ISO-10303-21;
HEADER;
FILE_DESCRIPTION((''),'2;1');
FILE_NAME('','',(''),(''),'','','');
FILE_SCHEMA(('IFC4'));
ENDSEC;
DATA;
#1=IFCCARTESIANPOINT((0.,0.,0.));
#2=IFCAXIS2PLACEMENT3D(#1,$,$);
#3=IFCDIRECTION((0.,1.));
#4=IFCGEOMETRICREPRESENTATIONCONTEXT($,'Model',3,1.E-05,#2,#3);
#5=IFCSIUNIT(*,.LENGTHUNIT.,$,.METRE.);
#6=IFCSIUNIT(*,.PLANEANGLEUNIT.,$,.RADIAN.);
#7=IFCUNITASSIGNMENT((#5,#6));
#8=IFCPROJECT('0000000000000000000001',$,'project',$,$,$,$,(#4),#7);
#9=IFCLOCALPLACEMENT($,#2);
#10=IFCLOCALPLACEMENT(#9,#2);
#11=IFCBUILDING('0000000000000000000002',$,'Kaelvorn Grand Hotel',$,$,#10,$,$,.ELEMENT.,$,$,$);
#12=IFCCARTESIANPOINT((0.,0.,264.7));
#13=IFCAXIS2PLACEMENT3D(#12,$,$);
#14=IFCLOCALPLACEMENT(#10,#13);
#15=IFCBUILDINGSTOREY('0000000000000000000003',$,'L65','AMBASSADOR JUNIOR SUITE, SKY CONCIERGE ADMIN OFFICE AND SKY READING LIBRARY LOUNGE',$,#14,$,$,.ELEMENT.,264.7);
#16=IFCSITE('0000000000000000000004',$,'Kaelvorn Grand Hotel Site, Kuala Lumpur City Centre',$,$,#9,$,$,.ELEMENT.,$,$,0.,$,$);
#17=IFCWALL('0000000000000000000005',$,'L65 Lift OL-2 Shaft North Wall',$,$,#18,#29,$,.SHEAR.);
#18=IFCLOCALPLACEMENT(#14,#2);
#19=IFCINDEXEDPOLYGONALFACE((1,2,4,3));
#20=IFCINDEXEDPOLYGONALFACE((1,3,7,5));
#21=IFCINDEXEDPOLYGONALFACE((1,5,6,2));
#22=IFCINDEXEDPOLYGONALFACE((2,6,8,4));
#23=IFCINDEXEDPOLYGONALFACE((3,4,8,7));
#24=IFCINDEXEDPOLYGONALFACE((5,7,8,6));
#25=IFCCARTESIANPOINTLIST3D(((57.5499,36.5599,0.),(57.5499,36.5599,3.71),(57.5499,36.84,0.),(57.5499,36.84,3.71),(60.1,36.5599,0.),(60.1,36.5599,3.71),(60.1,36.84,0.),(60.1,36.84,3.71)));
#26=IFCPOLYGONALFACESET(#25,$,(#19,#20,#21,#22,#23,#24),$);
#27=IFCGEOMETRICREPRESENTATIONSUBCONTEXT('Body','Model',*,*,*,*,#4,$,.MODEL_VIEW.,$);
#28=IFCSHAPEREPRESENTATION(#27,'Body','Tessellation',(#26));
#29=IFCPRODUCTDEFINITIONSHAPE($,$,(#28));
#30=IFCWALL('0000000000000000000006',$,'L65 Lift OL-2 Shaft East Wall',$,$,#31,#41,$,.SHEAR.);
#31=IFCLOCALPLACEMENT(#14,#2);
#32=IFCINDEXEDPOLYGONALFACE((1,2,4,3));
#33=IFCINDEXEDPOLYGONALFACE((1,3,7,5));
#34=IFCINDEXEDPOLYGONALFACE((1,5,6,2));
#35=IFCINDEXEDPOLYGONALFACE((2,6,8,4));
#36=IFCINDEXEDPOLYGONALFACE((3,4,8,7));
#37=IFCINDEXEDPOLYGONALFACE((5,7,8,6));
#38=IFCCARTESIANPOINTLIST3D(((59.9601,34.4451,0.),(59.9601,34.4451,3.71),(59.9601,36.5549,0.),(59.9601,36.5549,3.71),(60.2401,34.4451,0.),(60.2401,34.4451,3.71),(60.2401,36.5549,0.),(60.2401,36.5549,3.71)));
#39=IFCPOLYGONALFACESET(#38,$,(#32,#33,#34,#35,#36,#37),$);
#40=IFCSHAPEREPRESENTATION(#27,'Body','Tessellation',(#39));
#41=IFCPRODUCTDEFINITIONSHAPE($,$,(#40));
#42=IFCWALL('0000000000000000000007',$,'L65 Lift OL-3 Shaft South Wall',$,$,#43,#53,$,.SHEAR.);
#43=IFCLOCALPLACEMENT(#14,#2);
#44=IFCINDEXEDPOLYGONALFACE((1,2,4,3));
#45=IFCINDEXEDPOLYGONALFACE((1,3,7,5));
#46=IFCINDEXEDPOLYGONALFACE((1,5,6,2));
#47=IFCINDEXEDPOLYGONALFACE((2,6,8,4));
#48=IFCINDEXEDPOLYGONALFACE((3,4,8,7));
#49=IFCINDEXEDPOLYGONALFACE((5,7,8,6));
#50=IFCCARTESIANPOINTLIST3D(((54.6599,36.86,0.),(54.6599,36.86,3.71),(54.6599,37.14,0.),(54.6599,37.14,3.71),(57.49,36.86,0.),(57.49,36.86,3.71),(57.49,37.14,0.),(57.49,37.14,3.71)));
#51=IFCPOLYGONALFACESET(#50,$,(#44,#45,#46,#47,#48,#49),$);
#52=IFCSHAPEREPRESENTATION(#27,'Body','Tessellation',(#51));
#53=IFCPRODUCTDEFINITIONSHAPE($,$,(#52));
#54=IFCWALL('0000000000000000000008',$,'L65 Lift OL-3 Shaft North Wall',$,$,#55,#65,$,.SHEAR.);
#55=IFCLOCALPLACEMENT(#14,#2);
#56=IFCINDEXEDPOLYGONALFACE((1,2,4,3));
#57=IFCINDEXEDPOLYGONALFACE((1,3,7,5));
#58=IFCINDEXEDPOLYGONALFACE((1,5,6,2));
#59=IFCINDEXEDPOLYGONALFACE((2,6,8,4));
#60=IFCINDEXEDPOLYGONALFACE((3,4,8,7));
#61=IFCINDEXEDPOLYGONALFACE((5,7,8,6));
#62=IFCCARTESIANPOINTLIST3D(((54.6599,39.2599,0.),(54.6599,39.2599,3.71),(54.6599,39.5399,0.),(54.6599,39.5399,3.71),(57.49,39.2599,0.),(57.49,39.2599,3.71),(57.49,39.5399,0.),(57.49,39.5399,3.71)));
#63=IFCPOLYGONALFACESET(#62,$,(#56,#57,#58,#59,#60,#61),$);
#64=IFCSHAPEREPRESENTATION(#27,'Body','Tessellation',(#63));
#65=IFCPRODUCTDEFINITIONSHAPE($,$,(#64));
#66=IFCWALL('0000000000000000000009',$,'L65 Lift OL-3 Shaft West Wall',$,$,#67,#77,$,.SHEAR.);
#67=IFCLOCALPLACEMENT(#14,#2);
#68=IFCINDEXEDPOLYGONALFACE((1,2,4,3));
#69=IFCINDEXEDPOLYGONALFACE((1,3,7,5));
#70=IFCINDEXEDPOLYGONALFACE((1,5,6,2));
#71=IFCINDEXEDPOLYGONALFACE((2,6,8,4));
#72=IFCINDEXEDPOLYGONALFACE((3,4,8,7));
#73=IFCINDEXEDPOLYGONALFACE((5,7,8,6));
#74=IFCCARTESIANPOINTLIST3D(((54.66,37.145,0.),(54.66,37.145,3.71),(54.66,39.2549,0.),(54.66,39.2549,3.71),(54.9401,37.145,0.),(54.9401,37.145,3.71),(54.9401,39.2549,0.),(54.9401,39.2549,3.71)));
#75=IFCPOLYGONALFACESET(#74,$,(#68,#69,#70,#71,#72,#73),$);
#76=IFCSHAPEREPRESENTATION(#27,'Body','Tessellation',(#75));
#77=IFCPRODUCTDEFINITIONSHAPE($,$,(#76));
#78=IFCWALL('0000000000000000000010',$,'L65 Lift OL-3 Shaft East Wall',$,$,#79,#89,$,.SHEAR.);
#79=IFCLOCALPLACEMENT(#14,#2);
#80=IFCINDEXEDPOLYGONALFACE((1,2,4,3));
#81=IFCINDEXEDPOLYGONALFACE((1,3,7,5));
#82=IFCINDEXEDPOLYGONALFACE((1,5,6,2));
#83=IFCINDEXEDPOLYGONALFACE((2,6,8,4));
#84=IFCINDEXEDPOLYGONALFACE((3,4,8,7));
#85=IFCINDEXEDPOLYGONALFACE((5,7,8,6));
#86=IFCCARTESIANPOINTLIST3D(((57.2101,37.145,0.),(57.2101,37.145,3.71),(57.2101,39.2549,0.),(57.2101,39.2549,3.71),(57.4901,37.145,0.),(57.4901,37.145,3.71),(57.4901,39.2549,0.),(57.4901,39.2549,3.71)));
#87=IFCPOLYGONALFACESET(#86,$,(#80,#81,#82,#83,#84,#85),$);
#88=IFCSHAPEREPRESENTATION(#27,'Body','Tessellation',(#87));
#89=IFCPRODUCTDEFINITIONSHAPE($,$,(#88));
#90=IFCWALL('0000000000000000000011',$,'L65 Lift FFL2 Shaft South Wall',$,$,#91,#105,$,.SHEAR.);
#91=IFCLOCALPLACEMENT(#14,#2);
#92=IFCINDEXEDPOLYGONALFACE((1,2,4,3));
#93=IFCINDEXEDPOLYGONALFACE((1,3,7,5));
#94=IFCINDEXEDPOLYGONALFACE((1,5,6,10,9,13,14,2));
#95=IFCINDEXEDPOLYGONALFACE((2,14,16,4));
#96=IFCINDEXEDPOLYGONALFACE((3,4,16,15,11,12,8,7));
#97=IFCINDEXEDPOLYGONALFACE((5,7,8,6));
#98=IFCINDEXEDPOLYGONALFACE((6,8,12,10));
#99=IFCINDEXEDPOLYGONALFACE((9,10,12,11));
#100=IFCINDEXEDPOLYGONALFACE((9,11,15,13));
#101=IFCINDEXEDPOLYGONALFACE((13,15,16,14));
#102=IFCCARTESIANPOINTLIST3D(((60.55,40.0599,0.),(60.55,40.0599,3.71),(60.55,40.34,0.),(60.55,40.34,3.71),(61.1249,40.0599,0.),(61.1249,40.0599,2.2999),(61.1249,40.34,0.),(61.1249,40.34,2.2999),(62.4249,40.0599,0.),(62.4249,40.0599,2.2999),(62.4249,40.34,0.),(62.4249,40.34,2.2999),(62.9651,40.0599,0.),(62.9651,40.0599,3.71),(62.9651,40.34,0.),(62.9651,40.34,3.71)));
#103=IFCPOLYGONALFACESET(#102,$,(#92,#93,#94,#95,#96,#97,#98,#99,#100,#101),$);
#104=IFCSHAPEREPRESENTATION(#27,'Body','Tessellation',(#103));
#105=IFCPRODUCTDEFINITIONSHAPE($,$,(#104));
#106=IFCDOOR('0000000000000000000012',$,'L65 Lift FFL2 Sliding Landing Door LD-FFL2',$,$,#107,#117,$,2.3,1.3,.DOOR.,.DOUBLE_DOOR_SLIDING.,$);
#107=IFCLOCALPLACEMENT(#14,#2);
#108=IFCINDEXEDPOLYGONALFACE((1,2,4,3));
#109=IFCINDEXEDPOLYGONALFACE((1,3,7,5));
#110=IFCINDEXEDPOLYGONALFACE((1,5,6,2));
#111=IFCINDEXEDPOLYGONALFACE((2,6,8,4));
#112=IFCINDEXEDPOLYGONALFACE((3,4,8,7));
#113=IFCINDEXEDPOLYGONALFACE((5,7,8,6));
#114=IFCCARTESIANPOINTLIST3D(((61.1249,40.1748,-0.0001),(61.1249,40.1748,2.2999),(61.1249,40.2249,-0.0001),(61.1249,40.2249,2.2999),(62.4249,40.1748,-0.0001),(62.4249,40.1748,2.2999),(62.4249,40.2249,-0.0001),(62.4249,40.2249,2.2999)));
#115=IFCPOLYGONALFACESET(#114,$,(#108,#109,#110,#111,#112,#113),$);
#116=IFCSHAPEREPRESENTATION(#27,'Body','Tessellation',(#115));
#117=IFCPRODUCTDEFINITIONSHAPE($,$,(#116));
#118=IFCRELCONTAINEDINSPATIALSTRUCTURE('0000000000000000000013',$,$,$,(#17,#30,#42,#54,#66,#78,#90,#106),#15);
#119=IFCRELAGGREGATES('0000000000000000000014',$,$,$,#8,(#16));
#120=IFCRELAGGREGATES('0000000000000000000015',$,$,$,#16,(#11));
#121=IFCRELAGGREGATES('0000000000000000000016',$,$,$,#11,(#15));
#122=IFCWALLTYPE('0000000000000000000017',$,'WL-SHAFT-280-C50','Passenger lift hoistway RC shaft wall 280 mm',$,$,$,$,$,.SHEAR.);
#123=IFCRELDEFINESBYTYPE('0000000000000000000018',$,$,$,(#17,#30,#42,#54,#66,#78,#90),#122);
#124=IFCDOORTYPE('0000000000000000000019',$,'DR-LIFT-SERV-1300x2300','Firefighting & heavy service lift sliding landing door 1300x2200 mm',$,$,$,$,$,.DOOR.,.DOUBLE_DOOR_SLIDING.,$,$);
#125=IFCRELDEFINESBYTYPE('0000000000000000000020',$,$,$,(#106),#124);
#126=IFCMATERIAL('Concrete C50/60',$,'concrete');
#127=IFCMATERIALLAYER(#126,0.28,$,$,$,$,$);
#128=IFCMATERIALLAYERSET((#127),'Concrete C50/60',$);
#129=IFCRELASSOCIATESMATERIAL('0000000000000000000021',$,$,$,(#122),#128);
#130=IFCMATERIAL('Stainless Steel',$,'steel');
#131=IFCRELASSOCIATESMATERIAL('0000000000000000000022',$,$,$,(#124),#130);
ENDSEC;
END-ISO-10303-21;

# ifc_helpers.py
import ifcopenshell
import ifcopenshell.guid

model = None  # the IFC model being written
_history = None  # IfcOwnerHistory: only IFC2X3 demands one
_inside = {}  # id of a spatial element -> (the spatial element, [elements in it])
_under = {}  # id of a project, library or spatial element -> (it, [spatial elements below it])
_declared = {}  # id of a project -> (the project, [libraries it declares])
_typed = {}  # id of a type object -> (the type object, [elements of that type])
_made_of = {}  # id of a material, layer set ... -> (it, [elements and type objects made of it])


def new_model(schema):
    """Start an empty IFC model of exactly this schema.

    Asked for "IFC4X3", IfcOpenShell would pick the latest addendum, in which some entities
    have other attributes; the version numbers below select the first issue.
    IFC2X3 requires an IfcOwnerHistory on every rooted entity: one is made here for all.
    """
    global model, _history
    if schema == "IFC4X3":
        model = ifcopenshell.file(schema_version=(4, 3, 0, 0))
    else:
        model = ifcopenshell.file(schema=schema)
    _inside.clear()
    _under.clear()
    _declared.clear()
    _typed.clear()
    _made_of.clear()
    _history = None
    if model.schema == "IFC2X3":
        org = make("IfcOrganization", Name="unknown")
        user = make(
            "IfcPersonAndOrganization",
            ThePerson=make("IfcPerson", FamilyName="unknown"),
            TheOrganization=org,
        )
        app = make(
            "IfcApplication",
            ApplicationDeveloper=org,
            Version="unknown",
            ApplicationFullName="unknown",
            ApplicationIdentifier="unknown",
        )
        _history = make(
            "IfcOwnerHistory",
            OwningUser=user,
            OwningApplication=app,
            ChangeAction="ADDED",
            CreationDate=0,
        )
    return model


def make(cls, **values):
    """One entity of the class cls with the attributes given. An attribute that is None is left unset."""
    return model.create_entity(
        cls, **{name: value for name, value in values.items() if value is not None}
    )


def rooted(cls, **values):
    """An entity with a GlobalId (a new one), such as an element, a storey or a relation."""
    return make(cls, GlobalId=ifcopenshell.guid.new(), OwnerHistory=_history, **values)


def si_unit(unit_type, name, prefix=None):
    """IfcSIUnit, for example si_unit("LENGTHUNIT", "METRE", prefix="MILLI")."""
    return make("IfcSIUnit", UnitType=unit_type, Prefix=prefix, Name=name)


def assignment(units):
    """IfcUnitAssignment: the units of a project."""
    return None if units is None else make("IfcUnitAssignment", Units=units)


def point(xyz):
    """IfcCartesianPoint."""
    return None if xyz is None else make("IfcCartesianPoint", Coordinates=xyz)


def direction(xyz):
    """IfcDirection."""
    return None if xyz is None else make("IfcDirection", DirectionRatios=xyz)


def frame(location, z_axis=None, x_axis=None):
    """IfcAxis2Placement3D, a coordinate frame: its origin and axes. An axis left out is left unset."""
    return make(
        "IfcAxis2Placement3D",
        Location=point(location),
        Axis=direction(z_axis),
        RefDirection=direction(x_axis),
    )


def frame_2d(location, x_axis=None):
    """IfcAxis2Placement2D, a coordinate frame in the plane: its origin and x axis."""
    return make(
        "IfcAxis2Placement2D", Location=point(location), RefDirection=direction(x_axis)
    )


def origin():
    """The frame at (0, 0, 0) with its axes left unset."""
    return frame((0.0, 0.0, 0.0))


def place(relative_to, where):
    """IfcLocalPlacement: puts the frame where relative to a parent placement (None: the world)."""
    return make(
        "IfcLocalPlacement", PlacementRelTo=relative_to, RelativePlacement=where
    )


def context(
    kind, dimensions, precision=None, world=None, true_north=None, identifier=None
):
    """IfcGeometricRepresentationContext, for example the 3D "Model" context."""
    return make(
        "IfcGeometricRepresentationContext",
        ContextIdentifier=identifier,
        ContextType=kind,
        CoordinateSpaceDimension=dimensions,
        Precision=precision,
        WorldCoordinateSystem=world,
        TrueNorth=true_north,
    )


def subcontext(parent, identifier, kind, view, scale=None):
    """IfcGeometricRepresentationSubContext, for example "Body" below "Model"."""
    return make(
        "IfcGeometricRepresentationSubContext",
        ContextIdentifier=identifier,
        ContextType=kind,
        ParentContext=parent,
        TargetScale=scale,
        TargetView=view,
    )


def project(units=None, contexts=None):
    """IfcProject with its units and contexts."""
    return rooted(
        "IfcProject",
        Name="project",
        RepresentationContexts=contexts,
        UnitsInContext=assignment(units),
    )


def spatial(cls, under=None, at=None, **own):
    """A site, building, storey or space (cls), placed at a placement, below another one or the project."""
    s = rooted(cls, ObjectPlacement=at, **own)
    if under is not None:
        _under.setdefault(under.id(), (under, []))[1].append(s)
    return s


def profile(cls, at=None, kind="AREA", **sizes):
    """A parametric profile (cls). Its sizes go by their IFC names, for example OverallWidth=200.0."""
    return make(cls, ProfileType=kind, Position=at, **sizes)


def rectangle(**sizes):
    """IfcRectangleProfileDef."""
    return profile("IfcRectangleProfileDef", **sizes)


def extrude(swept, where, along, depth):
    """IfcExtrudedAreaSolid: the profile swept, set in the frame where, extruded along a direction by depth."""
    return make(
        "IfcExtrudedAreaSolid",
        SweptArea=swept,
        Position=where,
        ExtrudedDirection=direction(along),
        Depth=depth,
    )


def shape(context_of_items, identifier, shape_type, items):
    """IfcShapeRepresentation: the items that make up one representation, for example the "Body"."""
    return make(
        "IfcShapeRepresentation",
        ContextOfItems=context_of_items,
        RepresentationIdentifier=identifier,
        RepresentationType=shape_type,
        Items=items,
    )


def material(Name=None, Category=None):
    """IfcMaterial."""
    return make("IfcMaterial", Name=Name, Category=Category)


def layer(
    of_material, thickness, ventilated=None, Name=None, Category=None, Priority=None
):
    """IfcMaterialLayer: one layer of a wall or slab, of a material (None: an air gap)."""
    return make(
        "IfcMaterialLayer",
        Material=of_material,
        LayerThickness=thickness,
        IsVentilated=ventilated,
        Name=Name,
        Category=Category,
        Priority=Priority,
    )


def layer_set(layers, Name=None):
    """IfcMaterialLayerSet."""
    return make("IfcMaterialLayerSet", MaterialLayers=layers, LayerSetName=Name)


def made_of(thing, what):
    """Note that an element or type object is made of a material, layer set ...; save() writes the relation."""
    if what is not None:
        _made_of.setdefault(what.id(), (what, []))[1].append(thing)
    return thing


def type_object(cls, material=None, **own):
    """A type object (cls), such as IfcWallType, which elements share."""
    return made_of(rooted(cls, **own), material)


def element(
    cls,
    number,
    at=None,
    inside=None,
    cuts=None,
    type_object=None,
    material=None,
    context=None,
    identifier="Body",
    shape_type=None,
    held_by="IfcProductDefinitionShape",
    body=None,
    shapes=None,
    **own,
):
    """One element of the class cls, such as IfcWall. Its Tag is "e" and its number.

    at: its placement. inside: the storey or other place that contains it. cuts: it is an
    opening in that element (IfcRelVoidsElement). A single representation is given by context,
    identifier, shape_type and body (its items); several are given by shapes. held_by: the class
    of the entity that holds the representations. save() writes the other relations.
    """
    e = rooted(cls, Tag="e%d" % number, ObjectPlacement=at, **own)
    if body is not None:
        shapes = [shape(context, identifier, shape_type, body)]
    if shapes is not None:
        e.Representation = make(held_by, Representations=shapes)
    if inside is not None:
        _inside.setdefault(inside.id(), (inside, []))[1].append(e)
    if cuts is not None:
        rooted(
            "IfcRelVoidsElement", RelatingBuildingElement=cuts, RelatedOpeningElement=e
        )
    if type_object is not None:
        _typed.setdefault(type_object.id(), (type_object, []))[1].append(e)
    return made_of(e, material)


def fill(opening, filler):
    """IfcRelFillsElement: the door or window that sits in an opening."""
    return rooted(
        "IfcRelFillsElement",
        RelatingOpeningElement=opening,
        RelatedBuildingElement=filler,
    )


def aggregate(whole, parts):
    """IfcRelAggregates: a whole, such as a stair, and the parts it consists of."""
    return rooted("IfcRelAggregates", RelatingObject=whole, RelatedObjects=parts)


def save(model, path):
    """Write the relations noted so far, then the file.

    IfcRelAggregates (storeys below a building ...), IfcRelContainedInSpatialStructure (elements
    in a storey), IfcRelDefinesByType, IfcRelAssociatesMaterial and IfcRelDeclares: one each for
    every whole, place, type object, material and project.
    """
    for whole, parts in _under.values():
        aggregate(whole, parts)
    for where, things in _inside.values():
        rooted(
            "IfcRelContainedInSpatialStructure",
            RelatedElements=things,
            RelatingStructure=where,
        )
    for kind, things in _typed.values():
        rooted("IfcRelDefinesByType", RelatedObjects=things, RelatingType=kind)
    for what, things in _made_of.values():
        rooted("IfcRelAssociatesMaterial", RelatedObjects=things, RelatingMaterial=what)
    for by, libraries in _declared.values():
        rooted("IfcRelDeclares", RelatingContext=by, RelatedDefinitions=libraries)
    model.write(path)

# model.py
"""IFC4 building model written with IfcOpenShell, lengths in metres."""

from ifc_helpers import new_model, si_unit, direction, frame, frame_2d, origin, place, context, subcontext, project, spatial, rectangle, extrude, material, layer, layer_set, type_object, element, fill, save


model = new_model("IFC4")

# Units and contexts
model_context = context("Model", 3, precision=1e-05, world=origin(), true_north=direction((0.0, 1.0)))
body_context = subcontext(model_context, "Body", "Model", "MODEL_VIEW")
ifc_project = project(units=[si_unit("LENGTHUNIT", "METRE"), si_unit("PLANEANGLEUNIT", "RADIAN")], contexts=[model_context])

# Site, building, storey
site_placement = place(None, origin())
site = spatial("IfcSite", under=ifc_project, at=site_placement, Name="Kaelvorn Grand Hotel Site, Kuala Lumpur City Centre", CompositionType="ELEMENT", RefElevation=0.0)
building_placement = place(site_placement, origin())
building = spatial("IfcBuilding", under=site, at=building_placement, Name="Kaelvorn Grand Hotel", CompositionType="ELEMENT")
storey_placement = place(building_placement, frame((0.0, 0.0, 264.7)))
storey = spatial("IfcBuildingStorey", under=building, at=storey_placement, Name="L65", Description="AMBASSADOR JUNIOR SUITE, SKY CONCIERGE ADMIN OFFICE AND SKY READING LIBRARY LOUNGE", CompositionType="ELEMENT", Elevation=264.7)

# Shared definitions
ifc_material_1 = material(Name="Concrete C50/60", Category="concrete")

# Walls
ifc_layer_1 = layer(ifc_material_1, 0.28)
ifc_layer_set_1 = layer_set([ifc_layer_1], Name="Concrete C50/60")
wall_type_1 = type_object("IfcWallType", Name="WL-SHAFT-280-C50", Description="Passenger lift hoistway RC shaft wall 280 mm", PredefinedType="SHEAR", material=ifc_layer_set_1)
for number, where, z_axis, x_axis, name in (
    (1, (57.55, 36.7, 0.0), (0.0, 0.0, 1.0), (1.0, 0.0, 0.0), "L65 Lift OL-2 Shaft North Wall"),
):
    element("IfcWall", number, at=place(storey_placement, frame(where, z_axis=z_axis, x_axis=x_axis)), inside=storey, type_object=wall_type_1, Name=name, PredefinedType="SHEAR", context=body_context, shape_type="SweptSolid", body=[
        extrude(rectangle(XDim=2.55, YDim=0.28, at=frame_2d((1.2749, 0.0))), origin(), (0.0, 0.0, 1.0), 3.71),
    ])
wall_1_placement = place(storey_placement, frame((60.1001, 34.4451, 0.0), z_axis=(0.0, 0.0, 1.0), x_axis=(0.0, 1.0, 0.0)))
element("IfcWall", 2, at=wall_1_placement, inside=storey, type_object=wall_type_1, Name="L65 Lift OL-2 Shaft East Wall", PredefinedType="SHEAR", context=body_context, shape_type="SweptSolid", body=[
    extrude(rectangle(XDim=2.1099, YDim=0.28, at=frame_2d((1.0549, 0.0))), origin(), (0.0, 0.0, 1.0), 3.71),
])
for number, where, z_axis, x_axis, name in (
    (3, (54.6599, 37.0, 0.0), (0.0, 0.0, 1.0), (1.0, 0.0, 0.0), "L65 Lift OL-3 Shaft South Wall"),
    (4, (54.6599, 39.3999, 0.0), (0.0, 0.0, 1.0), (1.0, 0.0, 0.0), "L65 Lift OL-3 Shaft North Wall"),
):
    element("IfcWall", number, at=place(storey_placement, frame(where, z_axis=z_axis, x_axis=x_axis)), inside=storey, type_object=wall_type_1, Name=name, PredefinedType="SHEAR", context=body_context, shape_type="SweptSolid", body=[
        extrude(rectangle(XDim=2.8301, YDim=0.28, at=frame_2d((1.415, 0.0))), origin(), (0.0, 0.0, 1.0), 3.71),
    ])
for number, where, z_axis, x_axis, name in (
    (5, (54.8, 37.145, 0.0), (0.0, 0.0, 1.0), (0.0, 1.0, 0.0), "L65 Lift OL-3 Shaft West Wall"),
    (6, (57.3501, 37.145, 0.0), (0.0, 0.0, 1.0), (0.0, 1.0, 0.0), "L65 Lift OL-3 Shaft East Wall"),
):
    element("IfcWall", number, at=place(storey_placement, frame(where, z_axis=z_axis, x_axis=x_axis)), inside=storey, type_object=wall_type_1, Name=name, PredefinedType="SHEAR", context=body_context, shape_type="SweptSolid", body=[
        extrude(rectangle(XDim=2.1099, YDim=0.28, at=frame_2d((1.0549, 0.0))), origin(), (0.0, 0.0, 1.0), 3.71),
    ])

# Wall, opening, door
wall_2_placement = place(storey_placement, frame((60.55, 40.2, 0.0), z_axis=(0.0, 0.0, 1.0), x_axis=(1.0, 0.0, 0.0)))
wall_2 = element("IfcWall", 7, at=wall_2_placement, inside=storey, type_object=wall_type_1, Name="L65 Lift FFL2 Shaft South Wall", PredefinedType="SHEAR", context=body_context, shape_type="SweptSolid", body=[
    extrude(rectangle(XDim=2.415, YDim=0.28, at=frame_2d((1.2075, 0.0))), origin(), (0.0, 0.0, 1.0), 3.71),
])
opening_1_placement = place(wall_2_placement, frame((0.575, 0.0, 0.0)))
opening_1 = element("IfcOpeningElement", 8, at=opening_1_placement, cuts=wall_2, PredefinedType="OPENING", context=body_context, shape_type="SweptSolid", body=[
    extrude(rectangle(XDim=1.3, YDim=2.3, at=frame_2d((0.6499, 1.1499))), frame((0.0, 0.1499, 0.0), z_axis=(0.0, -1.0, 0.0), x_axis=(1.0, 0.0, 0.0)), (0.0, 0.0, 1.0), 0.3),
])
ifc_material_2 = material(Name="Stainless Steel", Category="steel")
door_type_1 = type_object("IfcDoorType", Name="DR-LIFT-SERV-1300x2300", Description="Firefighting & heavy service lift sliding landing door 1300x2200 mm", OperationType="DOUBLE_DOOR_SLIDING", PredefinedType="DOOR", material=ifc_material_2)
door_1_placement = place(opening_1_placement, origin())
door_1 = element("IfcDoor", 9, at=door_1_placement, inside=storey, type_object=door_type_1, Name="L65 Lift FFL2 Sliding Landing Door LD-FFL2", OperationType="DOUBLE_DOOR_SLIDING", OverallHeight=2.3, OverallWidth=1.3, PredefinedType="DOOR", context=body_context, shape_type="SweptSolid", body=[
    extrude(rectangle(XDim=1.3, YDim=2.3, at=frame_2d((0.6499, 1.1499))), frame((0.0, 0.0249, 0.0), z_axis=(0.0, -1.0, 0.0), x_axis=(1.0, 0.0, 0.0)), (0.0, 0.0, 1.0), 0.05),
])
fill(opening_1, door_1)

save(model, "model.ifc")
